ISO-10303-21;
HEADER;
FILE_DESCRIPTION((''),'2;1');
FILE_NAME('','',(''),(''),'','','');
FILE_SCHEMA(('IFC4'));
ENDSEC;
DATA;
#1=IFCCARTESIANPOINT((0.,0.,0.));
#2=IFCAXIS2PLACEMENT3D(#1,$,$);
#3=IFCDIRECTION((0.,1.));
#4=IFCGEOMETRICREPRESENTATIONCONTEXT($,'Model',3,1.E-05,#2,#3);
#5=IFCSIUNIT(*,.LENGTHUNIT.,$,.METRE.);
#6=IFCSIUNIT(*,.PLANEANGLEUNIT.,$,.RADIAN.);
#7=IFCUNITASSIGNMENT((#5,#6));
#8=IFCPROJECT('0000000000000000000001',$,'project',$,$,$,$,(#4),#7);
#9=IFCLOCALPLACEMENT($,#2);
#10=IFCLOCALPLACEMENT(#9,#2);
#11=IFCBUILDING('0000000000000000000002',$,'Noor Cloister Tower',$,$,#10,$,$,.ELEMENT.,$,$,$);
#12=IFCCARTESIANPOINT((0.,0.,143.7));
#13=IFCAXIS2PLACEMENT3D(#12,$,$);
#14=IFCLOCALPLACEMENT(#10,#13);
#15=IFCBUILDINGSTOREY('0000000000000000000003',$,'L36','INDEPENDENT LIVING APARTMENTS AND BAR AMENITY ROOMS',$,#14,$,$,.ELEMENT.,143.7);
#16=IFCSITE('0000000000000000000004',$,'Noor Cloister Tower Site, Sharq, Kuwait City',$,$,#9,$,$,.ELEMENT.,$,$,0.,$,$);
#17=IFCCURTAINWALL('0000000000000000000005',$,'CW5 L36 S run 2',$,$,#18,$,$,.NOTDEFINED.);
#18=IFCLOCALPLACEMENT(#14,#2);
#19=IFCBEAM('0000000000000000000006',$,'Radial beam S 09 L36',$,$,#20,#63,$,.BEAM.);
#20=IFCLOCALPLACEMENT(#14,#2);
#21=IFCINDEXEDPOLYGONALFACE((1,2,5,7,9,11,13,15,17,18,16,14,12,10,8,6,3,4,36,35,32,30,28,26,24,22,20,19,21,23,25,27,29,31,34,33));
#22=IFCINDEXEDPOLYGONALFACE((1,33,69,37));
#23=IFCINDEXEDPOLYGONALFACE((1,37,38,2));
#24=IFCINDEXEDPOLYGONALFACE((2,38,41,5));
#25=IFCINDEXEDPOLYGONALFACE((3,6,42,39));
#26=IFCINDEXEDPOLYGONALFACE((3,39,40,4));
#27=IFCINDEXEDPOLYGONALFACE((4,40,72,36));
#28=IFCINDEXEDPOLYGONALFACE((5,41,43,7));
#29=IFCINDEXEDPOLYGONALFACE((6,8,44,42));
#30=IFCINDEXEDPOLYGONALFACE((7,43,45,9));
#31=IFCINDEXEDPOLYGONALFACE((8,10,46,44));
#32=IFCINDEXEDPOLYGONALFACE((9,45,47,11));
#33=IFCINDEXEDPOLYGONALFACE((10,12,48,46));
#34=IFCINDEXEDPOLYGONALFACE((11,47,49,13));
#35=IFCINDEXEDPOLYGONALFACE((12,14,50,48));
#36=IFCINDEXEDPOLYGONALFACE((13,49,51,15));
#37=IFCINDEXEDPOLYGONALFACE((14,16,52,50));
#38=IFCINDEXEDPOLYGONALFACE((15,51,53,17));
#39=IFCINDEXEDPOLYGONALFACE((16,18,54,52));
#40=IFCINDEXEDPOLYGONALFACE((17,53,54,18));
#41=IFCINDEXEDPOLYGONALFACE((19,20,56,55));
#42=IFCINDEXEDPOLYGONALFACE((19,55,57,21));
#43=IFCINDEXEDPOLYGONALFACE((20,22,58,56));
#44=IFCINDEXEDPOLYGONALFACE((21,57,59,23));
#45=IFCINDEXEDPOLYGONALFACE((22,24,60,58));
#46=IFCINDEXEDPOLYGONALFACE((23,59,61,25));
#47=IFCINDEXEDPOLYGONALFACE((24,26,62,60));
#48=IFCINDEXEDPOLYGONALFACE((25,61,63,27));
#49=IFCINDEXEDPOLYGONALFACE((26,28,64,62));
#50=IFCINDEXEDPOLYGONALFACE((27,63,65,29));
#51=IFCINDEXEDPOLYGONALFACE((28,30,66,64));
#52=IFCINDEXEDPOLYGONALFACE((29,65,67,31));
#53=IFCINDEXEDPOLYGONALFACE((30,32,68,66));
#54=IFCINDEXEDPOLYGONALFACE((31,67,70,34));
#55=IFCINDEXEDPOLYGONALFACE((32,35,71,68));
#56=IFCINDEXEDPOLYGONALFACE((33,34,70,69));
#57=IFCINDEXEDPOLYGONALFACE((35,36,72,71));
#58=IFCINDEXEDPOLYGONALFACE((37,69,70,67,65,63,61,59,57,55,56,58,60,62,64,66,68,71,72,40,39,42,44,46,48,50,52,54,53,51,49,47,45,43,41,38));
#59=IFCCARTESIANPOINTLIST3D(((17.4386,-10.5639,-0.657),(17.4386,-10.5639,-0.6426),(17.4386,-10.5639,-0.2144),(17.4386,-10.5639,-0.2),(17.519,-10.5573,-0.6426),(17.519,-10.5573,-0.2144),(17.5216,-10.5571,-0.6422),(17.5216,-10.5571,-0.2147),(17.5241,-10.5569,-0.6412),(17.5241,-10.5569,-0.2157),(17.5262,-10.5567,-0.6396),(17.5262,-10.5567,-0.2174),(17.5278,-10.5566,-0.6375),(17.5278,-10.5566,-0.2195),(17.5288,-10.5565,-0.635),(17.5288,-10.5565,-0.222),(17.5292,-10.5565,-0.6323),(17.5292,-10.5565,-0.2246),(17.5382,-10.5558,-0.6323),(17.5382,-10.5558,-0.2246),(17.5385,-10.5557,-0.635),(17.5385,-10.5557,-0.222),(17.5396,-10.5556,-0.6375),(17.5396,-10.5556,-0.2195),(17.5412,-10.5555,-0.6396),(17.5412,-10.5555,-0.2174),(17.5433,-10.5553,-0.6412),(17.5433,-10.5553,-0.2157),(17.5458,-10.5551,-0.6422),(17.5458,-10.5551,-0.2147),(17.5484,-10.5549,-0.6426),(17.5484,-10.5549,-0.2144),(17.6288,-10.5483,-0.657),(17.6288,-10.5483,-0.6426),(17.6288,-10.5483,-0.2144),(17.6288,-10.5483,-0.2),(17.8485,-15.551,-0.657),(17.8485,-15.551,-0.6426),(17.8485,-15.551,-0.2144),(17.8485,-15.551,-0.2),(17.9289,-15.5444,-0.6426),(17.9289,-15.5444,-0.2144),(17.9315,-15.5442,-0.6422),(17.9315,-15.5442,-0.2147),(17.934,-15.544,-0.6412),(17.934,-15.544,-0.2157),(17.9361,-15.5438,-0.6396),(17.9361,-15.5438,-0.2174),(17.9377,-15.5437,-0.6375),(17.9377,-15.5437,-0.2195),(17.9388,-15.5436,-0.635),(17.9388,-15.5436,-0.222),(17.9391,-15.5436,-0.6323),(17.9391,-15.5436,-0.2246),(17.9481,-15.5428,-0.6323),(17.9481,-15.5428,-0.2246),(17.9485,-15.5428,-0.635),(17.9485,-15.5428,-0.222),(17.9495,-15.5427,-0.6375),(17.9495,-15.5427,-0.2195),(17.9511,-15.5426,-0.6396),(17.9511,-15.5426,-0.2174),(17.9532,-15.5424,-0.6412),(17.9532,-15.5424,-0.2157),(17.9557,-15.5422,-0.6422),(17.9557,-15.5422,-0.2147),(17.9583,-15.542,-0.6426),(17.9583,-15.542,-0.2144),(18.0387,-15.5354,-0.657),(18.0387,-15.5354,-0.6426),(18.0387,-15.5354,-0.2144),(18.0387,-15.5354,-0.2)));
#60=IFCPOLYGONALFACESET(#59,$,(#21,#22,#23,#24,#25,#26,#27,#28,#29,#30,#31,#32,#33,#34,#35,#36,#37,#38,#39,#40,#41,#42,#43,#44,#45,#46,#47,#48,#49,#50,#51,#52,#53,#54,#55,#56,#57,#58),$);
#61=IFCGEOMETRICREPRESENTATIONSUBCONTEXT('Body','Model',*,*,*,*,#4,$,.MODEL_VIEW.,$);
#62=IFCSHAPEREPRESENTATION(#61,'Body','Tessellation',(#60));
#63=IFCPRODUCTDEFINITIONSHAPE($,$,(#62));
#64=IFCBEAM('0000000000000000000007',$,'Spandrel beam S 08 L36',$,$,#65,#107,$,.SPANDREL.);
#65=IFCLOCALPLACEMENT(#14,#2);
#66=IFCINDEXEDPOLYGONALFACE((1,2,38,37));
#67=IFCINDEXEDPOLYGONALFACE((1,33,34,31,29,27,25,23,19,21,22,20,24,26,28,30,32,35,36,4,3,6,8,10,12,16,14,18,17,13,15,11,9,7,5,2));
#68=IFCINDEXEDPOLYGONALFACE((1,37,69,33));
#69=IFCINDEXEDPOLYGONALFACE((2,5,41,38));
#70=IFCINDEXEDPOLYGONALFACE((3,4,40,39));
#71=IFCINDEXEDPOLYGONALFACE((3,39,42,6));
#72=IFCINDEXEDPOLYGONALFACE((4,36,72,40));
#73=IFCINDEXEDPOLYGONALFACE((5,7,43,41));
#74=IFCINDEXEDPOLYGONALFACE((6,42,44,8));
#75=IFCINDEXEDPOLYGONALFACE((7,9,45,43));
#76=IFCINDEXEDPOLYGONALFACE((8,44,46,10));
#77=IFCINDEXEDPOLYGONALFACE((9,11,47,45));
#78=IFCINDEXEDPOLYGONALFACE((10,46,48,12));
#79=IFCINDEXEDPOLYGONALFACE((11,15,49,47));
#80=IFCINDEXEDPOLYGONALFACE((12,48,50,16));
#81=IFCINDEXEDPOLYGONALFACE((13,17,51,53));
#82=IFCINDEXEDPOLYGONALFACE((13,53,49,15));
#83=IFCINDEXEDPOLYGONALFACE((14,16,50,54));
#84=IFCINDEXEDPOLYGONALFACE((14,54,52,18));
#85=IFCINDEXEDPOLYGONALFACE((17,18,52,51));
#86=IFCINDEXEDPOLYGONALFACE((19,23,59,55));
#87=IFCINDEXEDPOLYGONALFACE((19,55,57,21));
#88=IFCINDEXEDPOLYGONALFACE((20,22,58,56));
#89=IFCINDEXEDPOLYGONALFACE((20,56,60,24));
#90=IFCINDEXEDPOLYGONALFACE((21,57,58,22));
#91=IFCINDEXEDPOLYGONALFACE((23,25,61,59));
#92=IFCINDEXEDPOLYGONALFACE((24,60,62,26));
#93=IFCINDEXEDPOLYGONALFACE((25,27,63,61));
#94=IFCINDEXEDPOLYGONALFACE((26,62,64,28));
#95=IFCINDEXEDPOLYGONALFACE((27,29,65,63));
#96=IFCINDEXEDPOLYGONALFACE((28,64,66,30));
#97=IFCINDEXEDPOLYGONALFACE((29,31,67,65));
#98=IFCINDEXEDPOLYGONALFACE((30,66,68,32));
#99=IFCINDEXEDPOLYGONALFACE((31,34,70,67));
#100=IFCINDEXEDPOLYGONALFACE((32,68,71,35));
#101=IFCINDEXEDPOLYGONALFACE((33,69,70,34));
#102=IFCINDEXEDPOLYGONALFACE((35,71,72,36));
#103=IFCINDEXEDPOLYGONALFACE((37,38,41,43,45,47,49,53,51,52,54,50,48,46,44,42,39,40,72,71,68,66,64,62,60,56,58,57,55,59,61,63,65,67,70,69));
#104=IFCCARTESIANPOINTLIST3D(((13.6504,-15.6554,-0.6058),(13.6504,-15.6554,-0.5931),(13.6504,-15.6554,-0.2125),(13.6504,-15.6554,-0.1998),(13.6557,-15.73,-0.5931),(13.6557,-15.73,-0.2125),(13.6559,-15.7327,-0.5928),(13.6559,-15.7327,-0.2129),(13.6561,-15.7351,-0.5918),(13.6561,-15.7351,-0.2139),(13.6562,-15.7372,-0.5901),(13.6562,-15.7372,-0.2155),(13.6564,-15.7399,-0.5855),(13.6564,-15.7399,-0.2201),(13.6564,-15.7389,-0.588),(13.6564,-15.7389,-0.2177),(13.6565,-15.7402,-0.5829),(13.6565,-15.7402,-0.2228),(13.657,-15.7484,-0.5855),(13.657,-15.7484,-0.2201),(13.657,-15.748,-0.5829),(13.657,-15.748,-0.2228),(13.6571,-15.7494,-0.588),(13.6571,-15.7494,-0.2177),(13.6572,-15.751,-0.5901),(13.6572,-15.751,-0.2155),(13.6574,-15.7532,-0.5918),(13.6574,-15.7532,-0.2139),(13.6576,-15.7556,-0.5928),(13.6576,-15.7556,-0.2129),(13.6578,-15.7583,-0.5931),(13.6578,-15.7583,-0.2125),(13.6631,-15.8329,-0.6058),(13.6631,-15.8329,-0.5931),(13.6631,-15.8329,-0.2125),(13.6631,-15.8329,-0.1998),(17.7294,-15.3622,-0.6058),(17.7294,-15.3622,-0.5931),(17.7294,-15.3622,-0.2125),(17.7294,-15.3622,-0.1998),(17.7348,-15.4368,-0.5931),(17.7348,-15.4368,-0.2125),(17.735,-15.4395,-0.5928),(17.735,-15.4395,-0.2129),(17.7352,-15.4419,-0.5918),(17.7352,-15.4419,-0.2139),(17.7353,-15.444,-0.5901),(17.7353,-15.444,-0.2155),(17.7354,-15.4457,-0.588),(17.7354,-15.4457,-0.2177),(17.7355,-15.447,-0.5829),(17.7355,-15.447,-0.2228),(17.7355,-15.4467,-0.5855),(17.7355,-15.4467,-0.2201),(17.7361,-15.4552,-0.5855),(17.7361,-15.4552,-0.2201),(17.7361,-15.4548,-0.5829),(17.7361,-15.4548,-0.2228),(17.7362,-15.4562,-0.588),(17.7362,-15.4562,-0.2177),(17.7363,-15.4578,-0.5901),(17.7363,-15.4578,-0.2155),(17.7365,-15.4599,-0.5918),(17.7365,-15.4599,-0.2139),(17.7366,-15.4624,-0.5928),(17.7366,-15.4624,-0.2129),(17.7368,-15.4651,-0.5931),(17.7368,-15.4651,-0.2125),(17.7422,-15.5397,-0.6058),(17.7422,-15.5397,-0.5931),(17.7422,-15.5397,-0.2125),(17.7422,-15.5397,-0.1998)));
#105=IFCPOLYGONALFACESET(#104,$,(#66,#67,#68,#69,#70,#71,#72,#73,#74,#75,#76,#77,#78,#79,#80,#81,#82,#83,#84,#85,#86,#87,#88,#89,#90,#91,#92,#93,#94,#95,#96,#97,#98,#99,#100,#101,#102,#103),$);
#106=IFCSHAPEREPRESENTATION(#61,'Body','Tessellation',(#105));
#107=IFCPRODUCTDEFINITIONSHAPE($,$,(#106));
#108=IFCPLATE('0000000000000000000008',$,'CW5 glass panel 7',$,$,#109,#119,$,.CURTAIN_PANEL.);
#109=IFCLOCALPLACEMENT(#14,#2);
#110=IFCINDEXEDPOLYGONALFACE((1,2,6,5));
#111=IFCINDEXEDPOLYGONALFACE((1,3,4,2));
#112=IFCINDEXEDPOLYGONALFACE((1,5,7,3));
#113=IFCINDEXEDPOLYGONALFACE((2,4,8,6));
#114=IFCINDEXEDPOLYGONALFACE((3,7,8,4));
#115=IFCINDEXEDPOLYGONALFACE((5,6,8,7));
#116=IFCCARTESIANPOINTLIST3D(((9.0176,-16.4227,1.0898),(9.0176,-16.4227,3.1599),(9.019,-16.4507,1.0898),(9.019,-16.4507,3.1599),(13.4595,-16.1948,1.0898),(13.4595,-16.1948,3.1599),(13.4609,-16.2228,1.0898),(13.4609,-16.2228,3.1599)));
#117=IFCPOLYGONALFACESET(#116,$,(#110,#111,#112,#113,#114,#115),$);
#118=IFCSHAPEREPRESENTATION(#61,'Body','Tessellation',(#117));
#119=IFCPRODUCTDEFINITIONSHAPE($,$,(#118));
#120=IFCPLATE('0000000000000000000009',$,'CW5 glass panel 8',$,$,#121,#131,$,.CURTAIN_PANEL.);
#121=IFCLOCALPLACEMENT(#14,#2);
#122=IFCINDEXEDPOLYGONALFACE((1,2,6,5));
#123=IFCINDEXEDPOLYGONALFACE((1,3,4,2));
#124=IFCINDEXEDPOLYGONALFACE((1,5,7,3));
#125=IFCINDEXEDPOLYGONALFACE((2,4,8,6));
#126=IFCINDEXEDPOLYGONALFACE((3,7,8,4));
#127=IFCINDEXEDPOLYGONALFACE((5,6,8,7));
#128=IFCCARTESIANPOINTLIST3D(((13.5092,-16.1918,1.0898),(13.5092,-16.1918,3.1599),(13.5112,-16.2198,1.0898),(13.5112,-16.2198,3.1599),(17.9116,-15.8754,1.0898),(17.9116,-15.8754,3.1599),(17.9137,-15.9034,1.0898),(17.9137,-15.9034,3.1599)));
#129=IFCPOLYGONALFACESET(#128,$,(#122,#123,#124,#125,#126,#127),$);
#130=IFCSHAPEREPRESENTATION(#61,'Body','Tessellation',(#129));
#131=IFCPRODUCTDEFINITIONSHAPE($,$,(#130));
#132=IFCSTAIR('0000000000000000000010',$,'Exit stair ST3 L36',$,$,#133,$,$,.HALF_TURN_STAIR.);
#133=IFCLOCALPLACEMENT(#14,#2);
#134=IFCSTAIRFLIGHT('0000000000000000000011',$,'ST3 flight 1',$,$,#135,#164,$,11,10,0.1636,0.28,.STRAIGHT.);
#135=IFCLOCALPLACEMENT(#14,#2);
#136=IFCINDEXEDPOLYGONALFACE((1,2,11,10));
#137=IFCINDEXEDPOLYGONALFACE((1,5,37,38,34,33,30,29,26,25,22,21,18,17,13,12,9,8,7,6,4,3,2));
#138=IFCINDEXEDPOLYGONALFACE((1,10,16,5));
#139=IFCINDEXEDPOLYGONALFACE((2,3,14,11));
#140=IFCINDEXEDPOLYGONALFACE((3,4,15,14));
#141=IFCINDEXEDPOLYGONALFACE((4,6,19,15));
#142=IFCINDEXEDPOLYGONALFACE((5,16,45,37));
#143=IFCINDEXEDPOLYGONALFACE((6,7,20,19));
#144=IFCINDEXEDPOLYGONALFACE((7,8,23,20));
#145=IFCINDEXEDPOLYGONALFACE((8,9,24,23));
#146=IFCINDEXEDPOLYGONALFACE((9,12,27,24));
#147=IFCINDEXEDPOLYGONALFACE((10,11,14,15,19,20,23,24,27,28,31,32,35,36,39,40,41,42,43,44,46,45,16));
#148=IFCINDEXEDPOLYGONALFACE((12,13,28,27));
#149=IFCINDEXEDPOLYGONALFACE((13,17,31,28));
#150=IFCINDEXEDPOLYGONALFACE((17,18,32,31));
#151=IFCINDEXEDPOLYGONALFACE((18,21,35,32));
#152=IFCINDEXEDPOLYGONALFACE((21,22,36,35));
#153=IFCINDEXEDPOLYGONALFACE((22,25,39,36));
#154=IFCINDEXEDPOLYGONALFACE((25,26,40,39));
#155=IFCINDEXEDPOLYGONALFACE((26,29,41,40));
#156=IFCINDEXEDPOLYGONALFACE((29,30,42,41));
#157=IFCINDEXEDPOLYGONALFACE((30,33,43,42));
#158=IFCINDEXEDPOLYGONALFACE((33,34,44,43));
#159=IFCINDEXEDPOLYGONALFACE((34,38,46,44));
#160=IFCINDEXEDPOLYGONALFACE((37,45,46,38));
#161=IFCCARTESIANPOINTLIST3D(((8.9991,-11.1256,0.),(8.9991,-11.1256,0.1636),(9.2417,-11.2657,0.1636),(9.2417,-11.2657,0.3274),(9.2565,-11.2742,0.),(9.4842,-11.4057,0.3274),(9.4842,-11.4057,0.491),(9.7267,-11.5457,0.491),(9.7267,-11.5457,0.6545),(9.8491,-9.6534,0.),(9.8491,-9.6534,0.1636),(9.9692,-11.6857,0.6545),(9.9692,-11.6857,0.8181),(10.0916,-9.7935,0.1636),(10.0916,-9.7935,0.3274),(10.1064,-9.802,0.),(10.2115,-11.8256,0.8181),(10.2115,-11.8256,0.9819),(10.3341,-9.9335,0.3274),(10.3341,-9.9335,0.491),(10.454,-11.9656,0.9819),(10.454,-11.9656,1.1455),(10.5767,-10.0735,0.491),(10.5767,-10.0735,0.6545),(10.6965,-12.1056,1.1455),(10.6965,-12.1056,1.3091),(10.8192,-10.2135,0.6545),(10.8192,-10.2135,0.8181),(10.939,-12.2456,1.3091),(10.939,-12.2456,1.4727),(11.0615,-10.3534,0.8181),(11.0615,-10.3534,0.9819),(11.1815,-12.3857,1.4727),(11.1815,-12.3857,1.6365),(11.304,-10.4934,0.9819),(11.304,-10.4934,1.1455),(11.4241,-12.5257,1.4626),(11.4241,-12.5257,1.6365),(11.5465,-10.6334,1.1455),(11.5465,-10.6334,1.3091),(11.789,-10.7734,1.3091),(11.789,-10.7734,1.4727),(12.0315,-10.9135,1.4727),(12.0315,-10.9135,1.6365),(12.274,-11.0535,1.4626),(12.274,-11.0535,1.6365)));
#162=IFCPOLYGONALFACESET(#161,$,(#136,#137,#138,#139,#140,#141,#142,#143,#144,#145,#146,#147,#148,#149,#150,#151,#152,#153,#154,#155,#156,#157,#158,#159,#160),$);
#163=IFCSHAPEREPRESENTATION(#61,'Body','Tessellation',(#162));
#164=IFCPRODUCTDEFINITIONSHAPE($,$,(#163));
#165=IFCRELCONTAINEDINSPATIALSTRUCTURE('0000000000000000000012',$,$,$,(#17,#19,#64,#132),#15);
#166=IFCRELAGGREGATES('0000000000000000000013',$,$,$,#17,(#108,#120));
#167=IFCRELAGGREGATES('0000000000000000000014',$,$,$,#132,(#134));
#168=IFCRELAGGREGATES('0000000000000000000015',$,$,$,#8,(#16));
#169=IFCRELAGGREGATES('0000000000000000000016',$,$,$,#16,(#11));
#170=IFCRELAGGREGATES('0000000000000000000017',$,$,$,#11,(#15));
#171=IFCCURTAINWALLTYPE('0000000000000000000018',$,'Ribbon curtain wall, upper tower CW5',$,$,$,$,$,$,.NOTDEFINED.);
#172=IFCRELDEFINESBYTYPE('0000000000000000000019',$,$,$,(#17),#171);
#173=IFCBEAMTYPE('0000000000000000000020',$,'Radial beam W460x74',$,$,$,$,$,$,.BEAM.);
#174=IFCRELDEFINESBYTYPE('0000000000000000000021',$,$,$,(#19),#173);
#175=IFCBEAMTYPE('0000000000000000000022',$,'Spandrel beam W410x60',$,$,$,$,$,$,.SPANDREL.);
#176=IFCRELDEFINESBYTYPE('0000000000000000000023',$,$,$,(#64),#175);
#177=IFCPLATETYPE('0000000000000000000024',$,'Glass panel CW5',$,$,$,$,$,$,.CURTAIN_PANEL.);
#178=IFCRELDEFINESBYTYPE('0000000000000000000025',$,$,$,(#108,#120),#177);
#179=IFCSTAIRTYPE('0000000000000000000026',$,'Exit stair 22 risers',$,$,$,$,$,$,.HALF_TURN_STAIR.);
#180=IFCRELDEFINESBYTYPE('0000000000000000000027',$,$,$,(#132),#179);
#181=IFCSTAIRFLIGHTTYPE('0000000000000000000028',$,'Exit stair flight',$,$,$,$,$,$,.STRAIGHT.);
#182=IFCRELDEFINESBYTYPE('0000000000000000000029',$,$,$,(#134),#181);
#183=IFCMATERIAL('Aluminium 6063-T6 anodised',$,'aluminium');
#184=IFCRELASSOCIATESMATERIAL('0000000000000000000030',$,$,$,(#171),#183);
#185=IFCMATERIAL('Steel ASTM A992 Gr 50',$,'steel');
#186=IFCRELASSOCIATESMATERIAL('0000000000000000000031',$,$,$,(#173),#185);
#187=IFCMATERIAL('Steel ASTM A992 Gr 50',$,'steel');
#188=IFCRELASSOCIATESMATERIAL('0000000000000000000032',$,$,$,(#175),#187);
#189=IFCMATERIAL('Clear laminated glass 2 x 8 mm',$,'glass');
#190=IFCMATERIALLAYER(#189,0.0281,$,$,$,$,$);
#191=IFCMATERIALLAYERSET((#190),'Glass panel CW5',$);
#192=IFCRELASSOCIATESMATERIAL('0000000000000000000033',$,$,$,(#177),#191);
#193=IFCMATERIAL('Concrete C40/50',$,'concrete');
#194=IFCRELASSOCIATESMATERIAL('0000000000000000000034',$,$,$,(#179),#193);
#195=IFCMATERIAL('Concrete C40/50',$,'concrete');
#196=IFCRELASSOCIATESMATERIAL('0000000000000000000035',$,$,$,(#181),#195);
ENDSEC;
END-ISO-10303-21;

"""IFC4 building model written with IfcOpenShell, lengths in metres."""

from ifc_helpers import new_model, si_unit, direction, frame, origin, origin_2d, place, context, subcontext, project, spatial, polyline, rectangle, i_section, outline, extrude, material, layer, layer_set, material_profile, profile_set, type_object, element, aggregate, save


model = new_model("IFC4")

# Units and contexts
model_context = context("Model", 3, precision=1e-05, world=origin(), true_north=direction((0.0, 1.0)))
body_context = subcontext(model_context, "Body", "Model", "MODEL_VIEW")
ifc_project = project(units=[si_unit("LENGTHUNIT", "METRE"), si_unit("PLANEANGLEUNIT", "RADIAN")], contexts=[model_context])

# Site, building, storey
site_placement = place(None, origin())
site = spatial("IfcSite", under=ifc_project, at=site_placement, Name="Noor Cloister Tower Site, Sharq, Kuwait City", CompositionType="ELEMENT", RefElevation=0.0)
building_placement = place(site_placement, origin())
building = spatial("IfcBuilding", under=site, at=building_placement, Name="Noor Cloister Tower", CompositionType="ELEMENT")
storey_placement = place(building_placement, frame((0.0, 0.0, 143.7)))
storey = spatial("IfcBuildingStorey", under=building, at=storey_placement, Name="L36", Description="INDEPENDENT LIVING APARTMENTS AND BAR AMENITY ROOMS", CompositionType="ELEMENT", Elevation=143.7)

# Curtain wall
ifc_material_1 = material(Name="Aluminium 6063-T6 anodised", Category="aluminium")
curtain_wall_type = type_object("IfcCurtainWallType", Name="Ribbon curtain wall, upper tower CW5", PredefinedType="NOTDEFINED", material=ifc_material_1)
curtain_wall_placement = place(storey_placement, origin())
curtain_wall = element("IfcCurtainWall", 1, at=curtain_wall_placement, inside=storey, type_object=curtain_wall_type, Name="CW5 L36 S run 2", PredefinedType="NOTDEFINED")

# Beams
ifc_material_2 = material(Name="Steel ASTM A992 Gr 50", Category="steel")
ifc_material_profile_1 = material_profile(ifc_material_2, i_section(OverallWidth=0.1909, OverallDepth=0.457, WebThickness=0.009, FlangeThickness=0.0144, FilletRadius=0.0103, at=origin_2d()), Name="W460x74")
ifc_profile_set_1 = profile_set([ifc_material_profile_1], Name="Steel ASTM A992 Gr 50")
beam_type_1 = type_object("IfcBeamType", Name="Radial beam W460x74", PredefinedType="BEAM", material=ifc_profile_set_1)
beam_1_placement = place(storey_placement, frame((17.9436, -15.5432, -0.4285), z_axis=(-0.081919, 0.996639, 0.0), x_axis=(-0.996639, -0.081919, 0.0)))
element("IfcBeam", 2, at=beam_1_placement, inside=storey, type_object=beam_type_1, Name="Radial beam S 09 L36", PredefinedType="BEAM", context=body_context, shape_type="SweptSolid", body=[
    extrude(i_section(OverallWidth=0.1909, OverallDepth=0.457, WebThickness=0.009, FlangeThickness=0.0144, FilletRadius=0.0103, at=origin_2d()), origin(), (0.0, 0.0, 1.0), 5.0039),
])
ifc_material_3 = material(Name="Steel ASTM A992 Gr 50", Category="steel")
ifc_material_profile_2 = material_profile(ifc_material_3, i_section(OverallWidth=0.178, OverallDepth=0.406, WebThickness=0.0078, FlangeThickness=0.0127, FilletRadius=0.0103, at=origin_2d()), Name="W410x60")
ifc_profile_set_2 = profile_set([ifc_material_profile_2], Name="Steel ASTM A992 Gr 50")
beam_type_2 = type_object("IfcBeamType", Name="Spandrel beam W410x60", PredefinedType="SPANDREL", material=ifc_profile_set_2)
beam_2_placement = place(storey_placement, frame((13.6567, -15.7441, -0.4028), z_axis=(0.997426, 0.071697, 0.0), x_axis=(-0.071697, 0.997426, 0.0)))
element("IfcBeam", 3, at=beam_2_placement, inside=storey, type_object=beam_type_2, Name="Spandrel beam S 08 L36", PredefinedType="SPANDREL", context=body_context, shape_type="SweptSolid", body=[
    extrude(i_section(OverallWidth=0.178, OverallDepth=0.406, WebThickness=0.0078, FlangeThickness=0.0127, FilletRadius=0.0103, at=origin_2d()), origin(), (0.0, 0.0, 1.0), 4.0896),
])

# Plates
ifc_material_4 = material(Name="Clear laminated glass 2 x 8 mm", Category="glass")
ifc_layer = layer(ifc_material_4, 0.0281)
ifc_layer_set = layer_set([ifc_layer], Name="Glass panel CW5")
plate_type = type_object("IfcPlateType", Name="Glass panel CW5", PredefinedType="CURTAIN_PANEL", material=ifc_layer_set)
plate_1_placement = place(storey_placement, frame((11.2393, -16.3228, 1.0898), z_axis=(0.0, 0.0, 1.0), x_axis=(0.998687, 0.051236, 0.0)))
plate_1 = element("IfcPlate", 4, at=plate_1_placement, type_object=plate_type, Name="CW5 glass panel 7", PredefinedType="CURTAIN_PANEL", context=body_context, shape_type="SweptSolid", body=[
    extrude(rectangle(XDim=4.4478, YDim=0.0281, at=origin_2d()), origin(), (0.0, 0.0, 1.0), 2.0701),
])
plate_2_placement = place(storey_placement, frame((15.7114, -16.0476, 1.0898), z_axis=(0.0, 0.0, 1.0), x_axis=(0.997426, 0.0717, 0.0)))
plate_2 = element("IfcPlate", 5, at=plate_2_placement, type_object=plate_type, Name="CW5 glass panel 8", PredefinedType="CURTAIN_PANEL", context=body_context, shape_type="SweptSolid", body=[
    extrude(rectangle(XDim=4.4138, YDim=0.0281, at=origin_2d()), origin(), (0.0, 0.0, 1.0), 2.0701),
])
aggregate(curtain_wall, [plate_1, plate_2])

# Stair, stair flight
ifc_material_5 = material(Name="Concrete C40/50", Category="concrete")
stair_type = type_object("IfcStairType", Name="Exit stair 22 risers", PredefinedType="HALF_TURN_STAIR", material=ifc_material_5)
stair_placement = place(storey_placement, origin())
stair = element("IfcStair", 6, at=stair_placement, inside=storey, type_object=stair_type, Name="Exit stair ST3 L36", PredefinedType="HALF_TURN_STAIR")
ifc_material_6 = material(Name="Concrete C40/50", Category="concrete")
stair_flight_type = type_object("IfcStairFlightType", Name="Exit stair flight", PredefinedType="STRAIGHT", material=ifc_material_6)
stair_flight_1_placement = place(storey_placement, frame((9.4241, -10.3896, 0.0), z_axis=(0.0, 0.0, 1.0), x_axis=(0.866025, -0.5, 0.0)))
stair_flight_1 = element("IfcStairFlight", 7, at=stair_flight_1_placement, type_object=stair_flight_type, Name="ST3 flight 1", NumberOfRisers=11, NumberOfTreads=10, PredefinedType="STRAIGHT", RiserHeight=0.1636, TreadLength=0.28, context=body_context, shape_type="SweptSolid", body=[
    extrude(outline(polyline([(0.0, 0.0), (0.0, 0.1636), (0.28, 0.1636), (0.28, 0.3274), (0.5601, 0.3274), (0.5601, 0.491), (0.8401, 0.491), (0.8401, 0.6545), (1.1201, 0.6545), (1.1201, 0.8181), (1.3999, 0.8181), (1.3999, 0.9819), (1.6799, 0.9819), (1.6799, 1.1455), (1.96, 1.1455), (1.96, 1.3091), (2.24, 1.3091), (2.24, 1.4727), (2.52, 1.4727), (2.52, 1.6365), (2.8, 1.6365), (2.8, 1.8), (2.8, 1.4626), (0.2971, 0.0), (0.0, 0.0)])), frame((0.0, 0.8501, 0.0), z_axis=(0.0, -1.0, 0.0), x_axis=(1.0, 0.0, 0.0)), (0.0, 0.0, 1.0), 1.7),
])
aggregate(stair, [stair_flight_1])

save(model, "model.ifc")
